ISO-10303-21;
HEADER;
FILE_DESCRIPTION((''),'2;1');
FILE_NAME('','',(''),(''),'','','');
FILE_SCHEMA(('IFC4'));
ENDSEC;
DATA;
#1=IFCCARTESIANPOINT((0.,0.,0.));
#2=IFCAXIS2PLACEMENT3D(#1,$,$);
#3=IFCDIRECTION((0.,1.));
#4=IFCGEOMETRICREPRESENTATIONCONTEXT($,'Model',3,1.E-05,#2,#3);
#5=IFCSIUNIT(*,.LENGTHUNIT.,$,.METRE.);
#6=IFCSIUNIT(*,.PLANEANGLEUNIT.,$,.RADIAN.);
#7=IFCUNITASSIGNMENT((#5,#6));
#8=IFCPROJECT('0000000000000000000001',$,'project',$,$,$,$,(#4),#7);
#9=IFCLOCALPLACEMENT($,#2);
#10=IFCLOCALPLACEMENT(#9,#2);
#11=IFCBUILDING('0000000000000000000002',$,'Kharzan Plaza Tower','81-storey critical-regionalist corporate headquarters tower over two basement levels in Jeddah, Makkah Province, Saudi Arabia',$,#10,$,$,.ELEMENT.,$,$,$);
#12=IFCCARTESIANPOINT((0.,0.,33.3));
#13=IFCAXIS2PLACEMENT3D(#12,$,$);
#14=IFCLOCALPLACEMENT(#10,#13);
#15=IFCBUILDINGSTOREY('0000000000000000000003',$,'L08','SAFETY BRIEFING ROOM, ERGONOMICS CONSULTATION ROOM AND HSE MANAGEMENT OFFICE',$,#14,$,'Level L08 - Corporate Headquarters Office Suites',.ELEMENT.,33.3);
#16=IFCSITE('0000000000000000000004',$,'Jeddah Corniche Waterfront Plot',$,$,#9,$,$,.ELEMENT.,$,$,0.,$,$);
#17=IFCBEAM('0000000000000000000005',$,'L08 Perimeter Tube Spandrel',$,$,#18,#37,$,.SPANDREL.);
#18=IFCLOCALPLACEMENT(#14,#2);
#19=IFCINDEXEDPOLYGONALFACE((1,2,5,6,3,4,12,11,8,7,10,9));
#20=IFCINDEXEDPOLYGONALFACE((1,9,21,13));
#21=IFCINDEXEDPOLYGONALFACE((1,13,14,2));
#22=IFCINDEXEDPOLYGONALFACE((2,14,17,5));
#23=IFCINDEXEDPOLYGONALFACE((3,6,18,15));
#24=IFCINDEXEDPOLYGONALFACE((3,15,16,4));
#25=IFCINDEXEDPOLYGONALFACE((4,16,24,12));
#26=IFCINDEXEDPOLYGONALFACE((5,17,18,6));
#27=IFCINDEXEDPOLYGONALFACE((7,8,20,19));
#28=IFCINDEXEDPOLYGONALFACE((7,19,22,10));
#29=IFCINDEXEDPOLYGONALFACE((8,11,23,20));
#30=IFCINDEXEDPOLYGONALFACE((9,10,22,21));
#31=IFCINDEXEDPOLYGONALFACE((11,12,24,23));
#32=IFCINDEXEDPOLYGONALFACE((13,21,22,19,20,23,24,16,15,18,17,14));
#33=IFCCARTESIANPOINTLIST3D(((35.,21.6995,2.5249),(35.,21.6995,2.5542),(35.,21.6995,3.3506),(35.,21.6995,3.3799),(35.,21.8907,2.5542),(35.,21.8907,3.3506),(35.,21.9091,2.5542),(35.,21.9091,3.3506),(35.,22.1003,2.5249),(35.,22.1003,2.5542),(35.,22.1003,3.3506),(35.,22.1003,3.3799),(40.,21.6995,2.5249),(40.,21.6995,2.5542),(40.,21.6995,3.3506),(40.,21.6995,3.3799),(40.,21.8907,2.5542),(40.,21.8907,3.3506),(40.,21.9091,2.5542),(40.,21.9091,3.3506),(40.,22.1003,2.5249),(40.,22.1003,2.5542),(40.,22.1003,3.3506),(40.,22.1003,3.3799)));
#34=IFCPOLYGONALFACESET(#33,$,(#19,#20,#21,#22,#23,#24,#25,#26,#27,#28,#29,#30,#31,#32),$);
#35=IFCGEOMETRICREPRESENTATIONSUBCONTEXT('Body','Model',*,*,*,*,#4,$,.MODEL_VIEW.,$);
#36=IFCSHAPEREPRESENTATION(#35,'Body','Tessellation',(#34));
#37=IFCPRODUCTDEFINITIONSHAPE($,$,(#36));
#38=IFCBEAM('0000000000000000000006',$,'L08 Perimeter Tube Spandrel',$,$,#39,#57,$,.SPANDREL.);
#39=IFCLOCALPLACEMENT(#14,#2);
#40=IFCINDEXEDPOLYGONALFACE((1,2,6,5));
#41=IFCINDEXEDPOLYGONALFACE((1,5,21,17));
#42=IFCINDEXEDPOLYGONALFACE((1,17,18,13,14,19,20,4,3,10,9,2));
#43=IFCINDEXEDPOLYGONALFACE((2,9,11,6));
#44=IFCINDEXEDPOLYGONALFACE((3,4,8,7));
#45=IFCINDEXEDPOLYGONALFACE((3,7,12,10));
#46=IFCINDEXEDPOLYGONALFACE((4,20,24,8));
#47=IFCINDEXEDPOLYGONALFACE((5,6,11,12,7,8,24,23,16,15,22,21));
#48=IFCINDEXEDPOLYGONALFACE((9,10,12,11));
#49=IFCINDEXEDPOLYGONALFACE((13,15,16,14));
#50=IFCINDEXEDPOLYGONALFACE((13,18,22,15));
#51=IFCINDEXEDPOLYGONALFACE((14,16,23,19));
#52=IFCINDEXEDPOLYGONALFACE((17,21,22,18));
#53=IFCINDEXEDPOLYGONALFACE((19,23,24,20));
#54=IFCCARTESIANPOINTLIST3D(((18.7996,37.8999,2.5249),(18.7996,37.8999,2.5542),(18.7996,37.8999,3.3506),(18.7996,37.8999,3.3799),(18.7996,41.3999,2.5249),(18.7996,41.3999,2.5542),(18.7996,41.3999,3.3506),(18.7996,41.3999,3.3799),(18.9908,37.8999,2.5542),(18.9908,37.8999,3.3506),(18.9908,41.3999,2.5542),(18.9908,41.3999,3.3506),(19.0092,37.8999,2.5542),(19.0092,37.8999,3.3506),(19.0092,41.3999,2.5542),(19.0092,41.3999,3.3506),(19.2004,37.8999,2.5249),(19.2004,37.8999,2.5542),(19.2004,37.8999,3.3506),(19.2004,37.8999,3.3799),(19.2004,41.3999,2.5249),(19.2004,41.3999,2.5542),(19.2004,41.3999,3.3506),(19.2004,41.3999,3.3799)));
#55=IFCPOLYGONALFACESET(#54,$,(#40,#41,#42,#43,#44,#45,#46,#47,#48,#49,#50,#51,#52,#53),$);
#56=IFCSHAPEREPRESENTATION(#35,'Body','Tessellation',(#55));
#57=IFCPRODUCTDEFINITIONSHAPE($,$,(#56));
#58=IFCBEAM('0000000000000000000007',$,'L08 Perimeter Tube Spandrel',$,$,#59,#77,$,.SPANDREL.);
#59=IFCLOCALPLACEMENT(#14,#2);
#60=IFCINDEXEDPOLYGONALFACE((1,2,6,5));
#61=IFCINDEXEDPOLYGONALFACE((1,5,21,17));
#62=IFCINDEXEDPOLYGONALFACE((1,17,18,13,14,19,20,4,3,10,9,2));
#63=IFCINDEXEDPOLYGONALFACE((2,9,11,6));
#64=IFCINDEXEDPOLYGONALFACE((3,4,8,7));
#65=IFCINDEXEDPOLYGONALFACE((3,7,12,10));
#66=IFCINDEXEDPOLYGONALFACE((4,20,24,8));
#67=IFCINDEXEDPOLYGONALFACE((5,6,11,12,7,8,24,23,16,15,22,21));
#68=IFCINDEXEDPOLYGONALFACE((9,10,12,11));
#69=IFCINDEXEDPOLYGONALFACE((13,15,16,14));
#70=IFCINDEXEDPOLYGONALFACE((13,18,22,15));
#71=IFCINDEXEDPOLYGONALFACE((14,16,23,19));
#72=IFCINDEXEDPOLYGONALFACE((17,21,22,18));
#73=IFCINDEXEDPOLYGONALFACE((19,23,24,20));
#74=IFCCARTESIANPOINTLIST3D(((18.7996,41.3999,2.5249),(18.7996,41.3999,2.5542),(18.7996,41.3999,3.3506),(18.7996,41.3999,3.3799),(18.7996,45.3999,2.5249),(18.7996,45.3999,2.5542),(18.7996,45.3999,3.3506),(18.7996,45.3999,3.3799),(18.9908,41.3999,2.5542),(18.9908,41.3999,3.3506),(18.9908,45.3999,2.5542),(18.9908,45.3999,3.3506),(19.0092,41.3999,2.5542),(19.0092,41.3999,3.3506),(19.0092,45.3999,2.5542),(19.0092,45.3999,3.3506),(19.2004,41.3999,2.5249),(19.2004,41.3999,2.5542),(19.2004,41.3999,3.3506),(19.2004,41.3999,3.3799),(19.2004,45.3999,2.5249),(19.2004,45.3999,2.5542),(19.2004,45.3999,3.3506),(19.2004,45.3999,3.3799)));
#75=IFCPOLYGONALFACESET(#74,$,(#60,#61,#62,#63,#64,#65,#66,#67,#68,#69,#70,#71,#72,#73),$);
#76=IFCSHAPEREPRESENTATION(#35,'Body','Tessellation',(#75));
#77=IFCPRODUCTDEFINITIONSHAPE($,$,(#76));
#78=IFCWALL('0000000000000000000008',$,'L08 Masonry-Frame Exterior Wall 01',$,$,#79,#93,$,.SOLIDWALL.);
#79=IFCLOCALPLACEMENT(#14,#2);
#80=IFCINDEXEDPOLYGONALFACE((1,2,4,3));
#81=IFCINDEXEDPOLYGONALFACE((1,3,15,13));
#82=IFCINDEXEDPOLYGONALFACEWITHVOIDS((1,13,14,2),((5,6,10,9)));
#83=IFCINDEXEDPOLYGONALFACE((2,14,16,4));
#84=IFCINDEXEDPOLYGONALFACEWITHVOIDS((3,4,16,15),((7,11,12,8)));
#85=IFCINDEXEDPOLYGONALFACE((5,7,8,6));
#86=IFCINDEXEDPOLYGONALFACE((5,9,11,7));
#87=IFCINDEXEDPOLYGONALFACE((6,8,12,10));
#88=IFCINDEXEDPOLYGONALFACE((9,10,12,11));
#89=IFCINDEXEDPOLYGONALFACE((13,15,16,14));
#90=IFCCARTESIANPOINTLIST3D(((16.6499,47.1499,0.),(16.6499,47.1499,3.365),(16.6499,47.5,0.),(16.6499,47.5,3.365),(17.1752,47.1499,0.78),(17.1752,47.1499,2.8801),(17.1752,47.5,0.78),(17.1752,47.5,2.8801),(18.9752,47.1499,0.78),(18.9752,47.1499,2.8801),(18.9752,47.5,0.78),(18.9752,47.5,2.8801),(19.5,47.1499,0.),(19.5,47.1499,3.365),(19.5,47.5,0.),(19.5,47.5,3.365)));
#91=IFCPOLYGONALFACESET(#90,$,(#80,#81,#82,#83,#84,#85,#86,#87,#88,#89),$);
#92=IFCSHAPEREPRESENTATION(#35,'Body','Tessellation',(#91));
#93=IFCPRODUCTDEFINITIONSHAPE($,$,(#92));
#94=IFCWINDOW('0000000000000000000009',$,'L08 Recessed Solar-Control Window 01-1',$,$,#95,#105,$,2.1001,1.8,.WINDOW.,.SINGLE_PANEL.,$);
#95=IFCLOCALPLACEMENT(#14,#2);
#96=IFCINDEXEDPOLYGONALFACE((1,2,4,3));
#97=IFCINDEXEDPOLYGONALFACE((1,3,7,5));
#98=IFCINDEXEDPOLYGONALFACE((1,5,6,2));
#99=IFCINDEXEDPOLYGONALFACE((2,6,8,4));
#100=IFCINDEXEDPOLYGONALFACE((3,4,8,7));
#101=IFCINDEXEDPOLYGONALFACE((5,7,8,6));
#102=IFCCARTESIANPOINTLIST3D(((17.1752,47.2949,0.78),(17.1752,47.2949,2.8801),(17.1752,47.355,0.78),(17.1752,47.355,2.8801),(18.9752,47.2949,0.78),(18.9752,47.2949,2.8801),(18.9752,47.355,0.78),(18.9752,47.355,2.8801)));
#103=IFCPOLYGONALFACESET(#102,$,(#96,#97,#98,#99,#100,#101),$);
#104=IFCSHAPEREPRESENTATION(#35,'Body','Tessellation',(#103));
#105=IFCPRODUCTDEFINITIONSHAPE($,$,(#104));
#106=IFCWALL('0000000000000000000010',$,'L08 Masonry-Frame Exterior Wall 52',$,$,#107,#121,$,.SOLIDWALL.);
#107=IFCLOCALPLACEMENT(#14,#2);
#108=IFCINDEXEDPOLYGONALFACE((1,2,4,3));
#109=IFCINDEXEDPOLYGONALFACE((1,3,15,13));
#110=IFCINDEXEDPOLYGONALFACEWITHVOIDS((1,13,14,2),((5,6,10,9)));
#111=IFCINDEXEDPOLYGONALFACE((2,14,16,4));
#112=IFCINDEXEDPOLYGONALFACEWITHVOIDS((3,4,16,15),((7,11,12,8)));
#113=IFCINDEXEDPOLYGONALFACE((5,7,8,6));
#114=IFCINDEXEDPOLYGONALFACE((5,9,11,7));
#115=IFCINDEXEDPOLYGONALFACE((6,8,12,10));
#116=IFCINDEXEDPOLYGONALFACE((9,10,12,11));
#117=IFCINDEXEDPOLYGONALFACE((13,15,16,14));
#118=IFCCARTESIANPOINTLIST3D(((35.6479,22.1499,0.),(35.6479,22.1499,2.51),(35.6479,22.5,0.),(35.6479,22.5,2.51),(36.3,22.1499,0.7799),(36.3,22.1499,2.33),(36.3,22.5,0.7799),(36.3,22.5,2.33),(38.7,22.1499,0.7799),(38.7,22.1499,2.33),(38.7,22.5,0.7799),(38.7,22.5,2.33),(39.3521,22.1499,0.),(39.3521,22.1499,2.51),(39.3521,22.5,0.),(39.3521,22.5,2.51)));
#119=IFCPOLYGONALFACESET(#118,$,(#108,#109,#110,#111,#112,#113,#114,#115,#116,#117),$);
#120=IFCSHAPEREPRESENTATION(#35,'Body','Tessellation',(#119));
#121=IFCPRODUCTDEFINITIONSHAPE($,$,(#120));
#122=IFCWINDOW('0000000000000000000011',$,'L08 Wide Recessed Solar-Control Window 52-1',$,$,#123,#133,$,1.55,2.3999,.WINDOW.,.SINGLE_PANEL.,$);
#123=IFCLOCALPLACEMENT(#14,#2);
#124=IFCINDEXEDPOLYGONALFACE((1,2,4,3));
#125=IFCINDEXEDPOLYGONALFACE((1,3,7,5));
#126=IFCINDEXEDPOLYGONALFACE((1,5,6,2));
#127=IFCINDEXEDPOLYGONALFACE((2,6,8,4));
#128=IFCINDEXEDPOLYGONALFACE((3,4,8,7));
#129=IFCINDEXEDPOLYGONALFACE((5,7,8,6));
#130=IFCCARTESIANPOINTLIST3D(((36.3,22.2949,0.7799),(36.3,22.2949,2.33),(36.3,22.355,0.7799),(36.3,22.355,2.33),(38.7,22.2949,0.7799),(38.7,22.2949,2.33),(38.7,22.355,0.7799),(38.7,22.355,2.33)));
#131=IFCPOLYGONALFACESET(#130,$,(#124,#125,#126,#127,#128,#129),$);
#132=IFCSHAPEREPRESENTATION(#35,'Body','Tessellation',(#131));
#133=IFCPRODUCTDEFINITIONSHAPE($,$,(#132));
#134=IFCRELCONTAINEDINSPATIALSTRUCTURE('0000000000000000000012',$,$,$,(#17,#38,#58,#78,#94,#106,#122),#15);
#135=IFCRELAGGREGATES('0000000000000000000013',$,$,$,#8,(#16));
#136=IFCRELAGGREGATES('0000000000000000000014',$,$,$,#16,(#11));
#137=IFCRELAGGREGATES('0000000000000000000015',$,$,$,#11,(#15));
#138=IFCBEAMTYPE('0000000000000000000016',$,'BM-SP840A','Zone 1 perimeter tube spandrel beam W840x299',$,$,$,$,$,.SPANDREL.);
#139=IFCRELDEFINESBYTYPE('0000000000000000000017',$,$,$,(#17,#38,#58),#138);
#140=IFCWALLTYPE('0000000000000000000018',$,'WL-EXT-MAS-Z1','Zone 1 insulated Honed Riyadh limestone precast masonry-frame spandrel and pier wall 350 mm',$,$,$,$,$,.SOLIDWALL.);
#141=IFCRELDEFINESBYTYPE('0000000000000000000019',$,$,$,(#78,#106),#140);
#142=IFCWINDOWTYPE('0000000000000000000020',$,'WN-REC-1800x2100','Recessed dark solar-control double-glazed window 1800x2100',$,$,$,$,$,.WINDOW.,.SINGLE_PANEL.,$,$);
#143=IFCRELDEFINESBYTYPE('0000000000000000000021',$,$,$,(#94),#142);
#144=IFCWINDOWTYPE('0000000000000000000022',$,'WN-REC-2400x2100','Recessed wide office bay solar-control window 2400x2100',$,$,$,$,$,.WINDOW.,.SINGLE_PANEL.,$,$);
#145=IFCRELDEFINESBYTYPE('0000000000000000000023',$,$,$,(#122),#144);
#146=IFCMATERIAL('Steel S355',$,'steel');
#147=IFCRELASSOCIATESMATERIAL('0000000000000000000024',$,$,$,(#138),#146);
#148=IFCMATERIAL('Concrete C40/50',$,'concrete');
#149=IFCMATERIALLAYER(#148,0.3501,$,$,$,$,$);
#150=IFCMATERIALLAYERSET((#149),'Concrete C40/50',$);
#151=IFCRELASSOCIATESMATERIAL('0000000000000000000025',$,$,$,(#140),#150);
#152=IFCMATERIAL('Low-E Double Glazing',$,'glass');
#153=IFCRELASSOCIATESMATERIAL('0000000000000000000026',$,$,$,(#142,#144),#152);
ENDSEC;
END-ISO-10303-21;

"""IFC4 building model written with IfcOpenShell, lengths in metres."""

from ifc_helpers import new_model, si_unit, direction, frame, frame_2d, origin, origin_2d, place, context, subcontext, project, spatial, rectangle, i_section, extrude, source, transform, mapped, material, layer, layer_set, material_profile, profile_set, type_object, element, fill, save


model = new_model("IFC4")

# Units and contexts
model_context = context("Model", 3, precision=1e-05, world=origin(), true_north=direction((0.0, 1.0)))
body_context = subcontext(model_context, "Body", "Model", "MODEL_VIEW")
ifc_project = project(units=[si_unit("LENGTHUNIT", "METRE"), si_unit("PLANEANGLEUNIT", "RADIAN")], contexts=[model_context])

# Site, building, storey
site_placement = place(None, origin())
site = spatial("IfcSite", under=ifc_project, at=site_placement, Name="Jeddah Corniche Waterfront Plot", CompositionType="ELEMENT", RefElevation=0.0)
building_placement = place(site_placement, origin())
building = spatial("IfcBuilding", under=site, at=building_placement, Name="Kharzan Plaza Tower", Description="81-storey critical-regionalist corporate headquarters tower over two basement levels in Jeddah, Makkah Province, Saudi Arabia", CompositionType="ELEMENT")
storey_placement = place(building_placement, frame((0.0, 0.0, 33.3)))
storey = spatial("IfcBuildingStorey", under=building, at=storey_placement, Name="L08", Description="SAFETY BRIEFING ROOM, ERGONOMICS CONSULTATION ROOM AND HSE MANAGEMENT OFFICE", LongName="Level L08 - Corporate Headquarters Office Suites", CompositionType="ELEMENT", Elevation=33.3)

# Beams
ifc_material_1 = material(Name="Steel S355", Category="steel")
ifc_material_profile_1 = material_profile(ifc_material_1, i_section(OverallWidth=0.4009, OverallDepth=0.855, WebThickness=0.0183, FlangeThickness=0.0293, at=origin_2d()), Name="W840x299")
ifc_profile_set_1 = profile_set([ifc_material_profile_1], Name="Steel S355")
beam_type_1 = type_object("IfcBeamType", Name="BM-SP840A", Description="Zone 1 perimeter tube spandrel beam W840x299", PredefinedType="SPANDREL", material=ifc_profile_set_1)
shared_shape_1 = source(origin(), body_context, "Body", "SweptSolid", [
    extrude(i_section(OverallWidth=0.4009, OverallDepth=0.855, WebThickness=0.0183, FlangeThickness=0.0293, at=origin_2d()), origin(), (0.0, 0.0, 1.0), 5.0),
])
beam_1_placement = place(storey_placement, frame((35.0, 21.8999, 2.9524), z_axis=(1.0, 0.0, 0.0), x_axis=(0.0, 1.0, 0.0)))
element("IfcBeam", 1, at=beam_1_placement, inside=storey, type_object=beam_type_1, Name="L08 Perimeter Tube Spandrel", PredefinedType="SPANDREL", context=body_context, shape_type="MappedRepresentation", body=[
    mapped(shared_shape_1, transform((0.0, 0.0, 0.0), x_axis=(1.0, 0.0, 0.0), y_axis=(0.0, 1.0, 0.0), z_axis=(0.0, 0.0, 1.0))),
])
shared_shape_2 = source(origin(), body_context, "Body", "SweptSolid", [
    extrude(i_section(OverallWidth=0.4009, OverallDepth=0.855, WebThickness=0.0183, FlangeThickness=0.0293, at=origin_2d()), origin(), (0.0, 0.0, 1.0), 3.5),
])
beam_2_placement = place(storey_placement, frame((19.0, 37.8999, 2.9524), z_axis=(0.0, 1.0, 0.0), x_axis=(-1.0, 0.0, 0.0)))
element("IfcBeam", 2, at=beam_2_placement, inside=storey, type_object=beam_type_1, Name="L08 Perimeter Tube Spandrel", PredefinedType="SPANDREL", context=body_context, shape_type="MappedRepresentation", body=[
    mapped(shared_shape_2, transform((0.0, 0.0, 0.0), x_axis=(1.0, 0.0, 0.0), y_axis=(0.0, 1.0, 0.0), z_axis=(0.0, 0.0, 1.0))),
])
shared_shape_3 = source(origin(), body_context, "Body", "SweptSolid", [
    extrude(i_section(OverallWidth=0.4009, OverallDepth=0.855, WebThickness=0.0183, FlangeThickness=0.0293, at=origin_2d()), origin(), (0.0, 0.0, 1.0), 4.0),
])
beam_3_placement = place(storey_placement, frame((19.0, 41.3999, 2.9524), z_axis=(0.0, 1.0, 0.0), x_axis=(-1.0, 0.0, 0.0)))
element("IfcBeam", 3, at=beam_3_placement, inside=storey, type_object=beam_type_1, Name="L08 Perimeter Tube Spandrel", PredefinedType="SPANDREL", context=body_context, shape_type="MappedRepresentation", body=[
    mapped(shared_shape_3, transform((0.0, 0.0, 0.0), x_axis=(1.0, 0.0, 0.0), y_axis=(0.0, 1.0, 0.0), z_axis=(0.0, 0.0, 1.0))),
])

# Walls, openings, windows
ifc_material_2 = material(Name="Concrete C40/50", Category="concrete")
ifc_layer_1 = layer(ifc_material_2, 0.3501)
ifc_layer_set_1 = layer_set([ifc_layer_1], Name="Concrete C40/50")
wall_type_1 = type_object("IfcWallType", Name="WL-EXT-MAS-Z1", Description="Zone 1 insulated Honed Riyadh limestone precast masonry-frame spandrel and pier wall 350 mm", PredefinedType="SOLIDWALL", material=ifc_layer_set_1)
wall_1_placement = place(storey_placement, frame((19.5, 47.325, 0.0), z_axis=(0.0, 0.0, 1.0), x_axis=(-1.0, 0.0, 0.0)))
wall_1 = element("IfcWall", 4, at=wall_1_placement, inside=storey, type_object=wall_type_1, Name="L08 Masonry-Frame Exterior Wall 01", PredefinedType="SOLIDWALL", context=body_context, shape_type="SweptSolid", body=[
    extrude(rectangle(XDim=2.8501, YDim=0.3501, at=frame_2d((1.425, 0.0))), origin(), (0.0, 0.0, 1.0), 3.365),
])
opening_1_placement = place(wall_1_placement, frame((0.5249, 0.0, 0.78)))
opening_1 = element("IfcOpeningElement", 5, at=opening_1_placement, cuts=wall_1, PredefinedType="OPENING", context=body_context, shape_type="SweptSolid", body=[
    extrude(rectangle(XDim=1.8, YDim=2.1001, at=frame_2d((0.8999, 1.05))), frame((0.0, 0.1851, 0.0), z_axis=(0.0, -1.0, 0.0), x_axis=(1.0, 0.0, 0.0)), (0.0, 0.0, 1.0), 0.3701),
])
ifc_material_3 = material(Name="Low-E Double Glazing", Category="glass")
window_type_1 = type_object("IfcWindowType", Name="WN-REC-1800x2100", Description="Recessed dark solar-control double-glazed window 1800x2100", PartitioningType="SINGLE_PANEL", PredefinedType="WINDOW", material=ifc_material_3)
shared_shape_4 = source(origin(), body_context, "Body", "SweptSolid", [
    extrude(rectangle(XDim=1.8, YDim=2.1001, at=frame_2d((0.8999, 1.05))), frame((0.0, 0.03, 0.0), z_axis=(0.0, -1.0, 0.0), x_axis=(1.0, 0.0, 0.0)), (0.0, 0.0, 1.0), 0.0601),
])
window_1_placement = place(opening_1_placement, origin())
window_1 = element("IfcWindow", 6, at=window_1_placement, inside=storey, type_object=window_type_1, Name="L08 Recessed Solar-Control Window 01-1", OverallHeight=2.1001, OverallWidth=1.8, PartitioningType="SINGLE_PANEL", PredefinedType="WINDOW", context=body_context, shape_type="MappedRepresentation", body=[
    mapped(shared_shape_4, transform((0.0, 0.0, 0.0), x_axis=(1.0, 0.0, 0.0), y_axis=(0.0, 1.0, 0.0), z_axis=(0.0, 0.0, 1.0))),
])
fill(opening_1, window_1)
wall_2_placement = place(storey_placement, frame((39.3521, 22.325, 0.0), z_axis=(0.0, 0.0, 1.0), x_axis=(-1.0, 0.0, 0.0)))
wall_2 = element("IfcWall", 7, at=wall_2_placement, inside=storey, type_object=wall_type_1, Name="L08 Masonry-Frame Exterior Wall 52", PredefinedType="SOLIDWALL", context=body_context, shape_type="SweptSolid", body=[
    extrude(rectangle(XDim=3.7041, YDim=0.3501, at=frame_2d((1.8521, 0.0))), origin(), (0.0, 0.0, 1.0), 2.51),
])
opening_2_placement = place(wall_2_placement, frame((0.6521, 0.0, 0.78)))
opening_2 = element("IfcOpeningElement", 8, at=opening_2_placement, cuts=wall_2, PredefinedType="OPENING", context=body_context, shape_type="SweptSolid", body=[
    extrude(rectangle(XDim=2.3999, YDim=1.55, at=frame_2d((1.2, 0.7749))), frame((0.0, 0.1851, 0.0), z_axis=(0.0, -1.0, 0.0), x_axis=(1.0, 0.0, 0.0)), (0.0, 0.0, 1.0), 0.3701),
])
window_type_2 = type_object("IfcWindowType", Name="WN-REC-2400x2100", Description="Recessed wide office bay solar-control window 2400x2100", PartitioningType="SINGLE_PANEL", PredefinedType="WINDOW", material=ifc_material_3)
shared_shape_5 = source(origin(), body_context, "Body", "SweptSolid", [
    extrude(rectangle(XDim=2.3999, YDim=1.55, at=frame_2d((1.2, 0.7749))), frame((0.0, 0.03, 0.0), z_axis=(0.0, -1.0, 0.0), x_axis=(1.0, 0.0, 0.0)), (0.0, 0.0, 1.0), 0.0601),
])
window_2_placement = place(opening_2_placement, origin())
window_2 = element("IfcWindow", 9, at=window_2_placement, inside=storey, type_object=window_type_2, Name="L08 Wide Recessed Solar-Control Window 52-1", OverallHeight=1.55, OverallWidth=2.3999, PartitioningType="SINGLE_PANEL", PredefinedType="WINDOW", context=body_context, shape_type="MappedRepresentation", body=[
    mapped(shared_shape_5, transform((0.0, 0.0, 0.0), x_axis=(1.0, 0.0, 0.0), y_axis=(0.0, 1.0, 0.0), z_axis=(0.0, 0.0, 1.0))),
])
fill(opening_2, window_2)

save(model, "model.ifc")
